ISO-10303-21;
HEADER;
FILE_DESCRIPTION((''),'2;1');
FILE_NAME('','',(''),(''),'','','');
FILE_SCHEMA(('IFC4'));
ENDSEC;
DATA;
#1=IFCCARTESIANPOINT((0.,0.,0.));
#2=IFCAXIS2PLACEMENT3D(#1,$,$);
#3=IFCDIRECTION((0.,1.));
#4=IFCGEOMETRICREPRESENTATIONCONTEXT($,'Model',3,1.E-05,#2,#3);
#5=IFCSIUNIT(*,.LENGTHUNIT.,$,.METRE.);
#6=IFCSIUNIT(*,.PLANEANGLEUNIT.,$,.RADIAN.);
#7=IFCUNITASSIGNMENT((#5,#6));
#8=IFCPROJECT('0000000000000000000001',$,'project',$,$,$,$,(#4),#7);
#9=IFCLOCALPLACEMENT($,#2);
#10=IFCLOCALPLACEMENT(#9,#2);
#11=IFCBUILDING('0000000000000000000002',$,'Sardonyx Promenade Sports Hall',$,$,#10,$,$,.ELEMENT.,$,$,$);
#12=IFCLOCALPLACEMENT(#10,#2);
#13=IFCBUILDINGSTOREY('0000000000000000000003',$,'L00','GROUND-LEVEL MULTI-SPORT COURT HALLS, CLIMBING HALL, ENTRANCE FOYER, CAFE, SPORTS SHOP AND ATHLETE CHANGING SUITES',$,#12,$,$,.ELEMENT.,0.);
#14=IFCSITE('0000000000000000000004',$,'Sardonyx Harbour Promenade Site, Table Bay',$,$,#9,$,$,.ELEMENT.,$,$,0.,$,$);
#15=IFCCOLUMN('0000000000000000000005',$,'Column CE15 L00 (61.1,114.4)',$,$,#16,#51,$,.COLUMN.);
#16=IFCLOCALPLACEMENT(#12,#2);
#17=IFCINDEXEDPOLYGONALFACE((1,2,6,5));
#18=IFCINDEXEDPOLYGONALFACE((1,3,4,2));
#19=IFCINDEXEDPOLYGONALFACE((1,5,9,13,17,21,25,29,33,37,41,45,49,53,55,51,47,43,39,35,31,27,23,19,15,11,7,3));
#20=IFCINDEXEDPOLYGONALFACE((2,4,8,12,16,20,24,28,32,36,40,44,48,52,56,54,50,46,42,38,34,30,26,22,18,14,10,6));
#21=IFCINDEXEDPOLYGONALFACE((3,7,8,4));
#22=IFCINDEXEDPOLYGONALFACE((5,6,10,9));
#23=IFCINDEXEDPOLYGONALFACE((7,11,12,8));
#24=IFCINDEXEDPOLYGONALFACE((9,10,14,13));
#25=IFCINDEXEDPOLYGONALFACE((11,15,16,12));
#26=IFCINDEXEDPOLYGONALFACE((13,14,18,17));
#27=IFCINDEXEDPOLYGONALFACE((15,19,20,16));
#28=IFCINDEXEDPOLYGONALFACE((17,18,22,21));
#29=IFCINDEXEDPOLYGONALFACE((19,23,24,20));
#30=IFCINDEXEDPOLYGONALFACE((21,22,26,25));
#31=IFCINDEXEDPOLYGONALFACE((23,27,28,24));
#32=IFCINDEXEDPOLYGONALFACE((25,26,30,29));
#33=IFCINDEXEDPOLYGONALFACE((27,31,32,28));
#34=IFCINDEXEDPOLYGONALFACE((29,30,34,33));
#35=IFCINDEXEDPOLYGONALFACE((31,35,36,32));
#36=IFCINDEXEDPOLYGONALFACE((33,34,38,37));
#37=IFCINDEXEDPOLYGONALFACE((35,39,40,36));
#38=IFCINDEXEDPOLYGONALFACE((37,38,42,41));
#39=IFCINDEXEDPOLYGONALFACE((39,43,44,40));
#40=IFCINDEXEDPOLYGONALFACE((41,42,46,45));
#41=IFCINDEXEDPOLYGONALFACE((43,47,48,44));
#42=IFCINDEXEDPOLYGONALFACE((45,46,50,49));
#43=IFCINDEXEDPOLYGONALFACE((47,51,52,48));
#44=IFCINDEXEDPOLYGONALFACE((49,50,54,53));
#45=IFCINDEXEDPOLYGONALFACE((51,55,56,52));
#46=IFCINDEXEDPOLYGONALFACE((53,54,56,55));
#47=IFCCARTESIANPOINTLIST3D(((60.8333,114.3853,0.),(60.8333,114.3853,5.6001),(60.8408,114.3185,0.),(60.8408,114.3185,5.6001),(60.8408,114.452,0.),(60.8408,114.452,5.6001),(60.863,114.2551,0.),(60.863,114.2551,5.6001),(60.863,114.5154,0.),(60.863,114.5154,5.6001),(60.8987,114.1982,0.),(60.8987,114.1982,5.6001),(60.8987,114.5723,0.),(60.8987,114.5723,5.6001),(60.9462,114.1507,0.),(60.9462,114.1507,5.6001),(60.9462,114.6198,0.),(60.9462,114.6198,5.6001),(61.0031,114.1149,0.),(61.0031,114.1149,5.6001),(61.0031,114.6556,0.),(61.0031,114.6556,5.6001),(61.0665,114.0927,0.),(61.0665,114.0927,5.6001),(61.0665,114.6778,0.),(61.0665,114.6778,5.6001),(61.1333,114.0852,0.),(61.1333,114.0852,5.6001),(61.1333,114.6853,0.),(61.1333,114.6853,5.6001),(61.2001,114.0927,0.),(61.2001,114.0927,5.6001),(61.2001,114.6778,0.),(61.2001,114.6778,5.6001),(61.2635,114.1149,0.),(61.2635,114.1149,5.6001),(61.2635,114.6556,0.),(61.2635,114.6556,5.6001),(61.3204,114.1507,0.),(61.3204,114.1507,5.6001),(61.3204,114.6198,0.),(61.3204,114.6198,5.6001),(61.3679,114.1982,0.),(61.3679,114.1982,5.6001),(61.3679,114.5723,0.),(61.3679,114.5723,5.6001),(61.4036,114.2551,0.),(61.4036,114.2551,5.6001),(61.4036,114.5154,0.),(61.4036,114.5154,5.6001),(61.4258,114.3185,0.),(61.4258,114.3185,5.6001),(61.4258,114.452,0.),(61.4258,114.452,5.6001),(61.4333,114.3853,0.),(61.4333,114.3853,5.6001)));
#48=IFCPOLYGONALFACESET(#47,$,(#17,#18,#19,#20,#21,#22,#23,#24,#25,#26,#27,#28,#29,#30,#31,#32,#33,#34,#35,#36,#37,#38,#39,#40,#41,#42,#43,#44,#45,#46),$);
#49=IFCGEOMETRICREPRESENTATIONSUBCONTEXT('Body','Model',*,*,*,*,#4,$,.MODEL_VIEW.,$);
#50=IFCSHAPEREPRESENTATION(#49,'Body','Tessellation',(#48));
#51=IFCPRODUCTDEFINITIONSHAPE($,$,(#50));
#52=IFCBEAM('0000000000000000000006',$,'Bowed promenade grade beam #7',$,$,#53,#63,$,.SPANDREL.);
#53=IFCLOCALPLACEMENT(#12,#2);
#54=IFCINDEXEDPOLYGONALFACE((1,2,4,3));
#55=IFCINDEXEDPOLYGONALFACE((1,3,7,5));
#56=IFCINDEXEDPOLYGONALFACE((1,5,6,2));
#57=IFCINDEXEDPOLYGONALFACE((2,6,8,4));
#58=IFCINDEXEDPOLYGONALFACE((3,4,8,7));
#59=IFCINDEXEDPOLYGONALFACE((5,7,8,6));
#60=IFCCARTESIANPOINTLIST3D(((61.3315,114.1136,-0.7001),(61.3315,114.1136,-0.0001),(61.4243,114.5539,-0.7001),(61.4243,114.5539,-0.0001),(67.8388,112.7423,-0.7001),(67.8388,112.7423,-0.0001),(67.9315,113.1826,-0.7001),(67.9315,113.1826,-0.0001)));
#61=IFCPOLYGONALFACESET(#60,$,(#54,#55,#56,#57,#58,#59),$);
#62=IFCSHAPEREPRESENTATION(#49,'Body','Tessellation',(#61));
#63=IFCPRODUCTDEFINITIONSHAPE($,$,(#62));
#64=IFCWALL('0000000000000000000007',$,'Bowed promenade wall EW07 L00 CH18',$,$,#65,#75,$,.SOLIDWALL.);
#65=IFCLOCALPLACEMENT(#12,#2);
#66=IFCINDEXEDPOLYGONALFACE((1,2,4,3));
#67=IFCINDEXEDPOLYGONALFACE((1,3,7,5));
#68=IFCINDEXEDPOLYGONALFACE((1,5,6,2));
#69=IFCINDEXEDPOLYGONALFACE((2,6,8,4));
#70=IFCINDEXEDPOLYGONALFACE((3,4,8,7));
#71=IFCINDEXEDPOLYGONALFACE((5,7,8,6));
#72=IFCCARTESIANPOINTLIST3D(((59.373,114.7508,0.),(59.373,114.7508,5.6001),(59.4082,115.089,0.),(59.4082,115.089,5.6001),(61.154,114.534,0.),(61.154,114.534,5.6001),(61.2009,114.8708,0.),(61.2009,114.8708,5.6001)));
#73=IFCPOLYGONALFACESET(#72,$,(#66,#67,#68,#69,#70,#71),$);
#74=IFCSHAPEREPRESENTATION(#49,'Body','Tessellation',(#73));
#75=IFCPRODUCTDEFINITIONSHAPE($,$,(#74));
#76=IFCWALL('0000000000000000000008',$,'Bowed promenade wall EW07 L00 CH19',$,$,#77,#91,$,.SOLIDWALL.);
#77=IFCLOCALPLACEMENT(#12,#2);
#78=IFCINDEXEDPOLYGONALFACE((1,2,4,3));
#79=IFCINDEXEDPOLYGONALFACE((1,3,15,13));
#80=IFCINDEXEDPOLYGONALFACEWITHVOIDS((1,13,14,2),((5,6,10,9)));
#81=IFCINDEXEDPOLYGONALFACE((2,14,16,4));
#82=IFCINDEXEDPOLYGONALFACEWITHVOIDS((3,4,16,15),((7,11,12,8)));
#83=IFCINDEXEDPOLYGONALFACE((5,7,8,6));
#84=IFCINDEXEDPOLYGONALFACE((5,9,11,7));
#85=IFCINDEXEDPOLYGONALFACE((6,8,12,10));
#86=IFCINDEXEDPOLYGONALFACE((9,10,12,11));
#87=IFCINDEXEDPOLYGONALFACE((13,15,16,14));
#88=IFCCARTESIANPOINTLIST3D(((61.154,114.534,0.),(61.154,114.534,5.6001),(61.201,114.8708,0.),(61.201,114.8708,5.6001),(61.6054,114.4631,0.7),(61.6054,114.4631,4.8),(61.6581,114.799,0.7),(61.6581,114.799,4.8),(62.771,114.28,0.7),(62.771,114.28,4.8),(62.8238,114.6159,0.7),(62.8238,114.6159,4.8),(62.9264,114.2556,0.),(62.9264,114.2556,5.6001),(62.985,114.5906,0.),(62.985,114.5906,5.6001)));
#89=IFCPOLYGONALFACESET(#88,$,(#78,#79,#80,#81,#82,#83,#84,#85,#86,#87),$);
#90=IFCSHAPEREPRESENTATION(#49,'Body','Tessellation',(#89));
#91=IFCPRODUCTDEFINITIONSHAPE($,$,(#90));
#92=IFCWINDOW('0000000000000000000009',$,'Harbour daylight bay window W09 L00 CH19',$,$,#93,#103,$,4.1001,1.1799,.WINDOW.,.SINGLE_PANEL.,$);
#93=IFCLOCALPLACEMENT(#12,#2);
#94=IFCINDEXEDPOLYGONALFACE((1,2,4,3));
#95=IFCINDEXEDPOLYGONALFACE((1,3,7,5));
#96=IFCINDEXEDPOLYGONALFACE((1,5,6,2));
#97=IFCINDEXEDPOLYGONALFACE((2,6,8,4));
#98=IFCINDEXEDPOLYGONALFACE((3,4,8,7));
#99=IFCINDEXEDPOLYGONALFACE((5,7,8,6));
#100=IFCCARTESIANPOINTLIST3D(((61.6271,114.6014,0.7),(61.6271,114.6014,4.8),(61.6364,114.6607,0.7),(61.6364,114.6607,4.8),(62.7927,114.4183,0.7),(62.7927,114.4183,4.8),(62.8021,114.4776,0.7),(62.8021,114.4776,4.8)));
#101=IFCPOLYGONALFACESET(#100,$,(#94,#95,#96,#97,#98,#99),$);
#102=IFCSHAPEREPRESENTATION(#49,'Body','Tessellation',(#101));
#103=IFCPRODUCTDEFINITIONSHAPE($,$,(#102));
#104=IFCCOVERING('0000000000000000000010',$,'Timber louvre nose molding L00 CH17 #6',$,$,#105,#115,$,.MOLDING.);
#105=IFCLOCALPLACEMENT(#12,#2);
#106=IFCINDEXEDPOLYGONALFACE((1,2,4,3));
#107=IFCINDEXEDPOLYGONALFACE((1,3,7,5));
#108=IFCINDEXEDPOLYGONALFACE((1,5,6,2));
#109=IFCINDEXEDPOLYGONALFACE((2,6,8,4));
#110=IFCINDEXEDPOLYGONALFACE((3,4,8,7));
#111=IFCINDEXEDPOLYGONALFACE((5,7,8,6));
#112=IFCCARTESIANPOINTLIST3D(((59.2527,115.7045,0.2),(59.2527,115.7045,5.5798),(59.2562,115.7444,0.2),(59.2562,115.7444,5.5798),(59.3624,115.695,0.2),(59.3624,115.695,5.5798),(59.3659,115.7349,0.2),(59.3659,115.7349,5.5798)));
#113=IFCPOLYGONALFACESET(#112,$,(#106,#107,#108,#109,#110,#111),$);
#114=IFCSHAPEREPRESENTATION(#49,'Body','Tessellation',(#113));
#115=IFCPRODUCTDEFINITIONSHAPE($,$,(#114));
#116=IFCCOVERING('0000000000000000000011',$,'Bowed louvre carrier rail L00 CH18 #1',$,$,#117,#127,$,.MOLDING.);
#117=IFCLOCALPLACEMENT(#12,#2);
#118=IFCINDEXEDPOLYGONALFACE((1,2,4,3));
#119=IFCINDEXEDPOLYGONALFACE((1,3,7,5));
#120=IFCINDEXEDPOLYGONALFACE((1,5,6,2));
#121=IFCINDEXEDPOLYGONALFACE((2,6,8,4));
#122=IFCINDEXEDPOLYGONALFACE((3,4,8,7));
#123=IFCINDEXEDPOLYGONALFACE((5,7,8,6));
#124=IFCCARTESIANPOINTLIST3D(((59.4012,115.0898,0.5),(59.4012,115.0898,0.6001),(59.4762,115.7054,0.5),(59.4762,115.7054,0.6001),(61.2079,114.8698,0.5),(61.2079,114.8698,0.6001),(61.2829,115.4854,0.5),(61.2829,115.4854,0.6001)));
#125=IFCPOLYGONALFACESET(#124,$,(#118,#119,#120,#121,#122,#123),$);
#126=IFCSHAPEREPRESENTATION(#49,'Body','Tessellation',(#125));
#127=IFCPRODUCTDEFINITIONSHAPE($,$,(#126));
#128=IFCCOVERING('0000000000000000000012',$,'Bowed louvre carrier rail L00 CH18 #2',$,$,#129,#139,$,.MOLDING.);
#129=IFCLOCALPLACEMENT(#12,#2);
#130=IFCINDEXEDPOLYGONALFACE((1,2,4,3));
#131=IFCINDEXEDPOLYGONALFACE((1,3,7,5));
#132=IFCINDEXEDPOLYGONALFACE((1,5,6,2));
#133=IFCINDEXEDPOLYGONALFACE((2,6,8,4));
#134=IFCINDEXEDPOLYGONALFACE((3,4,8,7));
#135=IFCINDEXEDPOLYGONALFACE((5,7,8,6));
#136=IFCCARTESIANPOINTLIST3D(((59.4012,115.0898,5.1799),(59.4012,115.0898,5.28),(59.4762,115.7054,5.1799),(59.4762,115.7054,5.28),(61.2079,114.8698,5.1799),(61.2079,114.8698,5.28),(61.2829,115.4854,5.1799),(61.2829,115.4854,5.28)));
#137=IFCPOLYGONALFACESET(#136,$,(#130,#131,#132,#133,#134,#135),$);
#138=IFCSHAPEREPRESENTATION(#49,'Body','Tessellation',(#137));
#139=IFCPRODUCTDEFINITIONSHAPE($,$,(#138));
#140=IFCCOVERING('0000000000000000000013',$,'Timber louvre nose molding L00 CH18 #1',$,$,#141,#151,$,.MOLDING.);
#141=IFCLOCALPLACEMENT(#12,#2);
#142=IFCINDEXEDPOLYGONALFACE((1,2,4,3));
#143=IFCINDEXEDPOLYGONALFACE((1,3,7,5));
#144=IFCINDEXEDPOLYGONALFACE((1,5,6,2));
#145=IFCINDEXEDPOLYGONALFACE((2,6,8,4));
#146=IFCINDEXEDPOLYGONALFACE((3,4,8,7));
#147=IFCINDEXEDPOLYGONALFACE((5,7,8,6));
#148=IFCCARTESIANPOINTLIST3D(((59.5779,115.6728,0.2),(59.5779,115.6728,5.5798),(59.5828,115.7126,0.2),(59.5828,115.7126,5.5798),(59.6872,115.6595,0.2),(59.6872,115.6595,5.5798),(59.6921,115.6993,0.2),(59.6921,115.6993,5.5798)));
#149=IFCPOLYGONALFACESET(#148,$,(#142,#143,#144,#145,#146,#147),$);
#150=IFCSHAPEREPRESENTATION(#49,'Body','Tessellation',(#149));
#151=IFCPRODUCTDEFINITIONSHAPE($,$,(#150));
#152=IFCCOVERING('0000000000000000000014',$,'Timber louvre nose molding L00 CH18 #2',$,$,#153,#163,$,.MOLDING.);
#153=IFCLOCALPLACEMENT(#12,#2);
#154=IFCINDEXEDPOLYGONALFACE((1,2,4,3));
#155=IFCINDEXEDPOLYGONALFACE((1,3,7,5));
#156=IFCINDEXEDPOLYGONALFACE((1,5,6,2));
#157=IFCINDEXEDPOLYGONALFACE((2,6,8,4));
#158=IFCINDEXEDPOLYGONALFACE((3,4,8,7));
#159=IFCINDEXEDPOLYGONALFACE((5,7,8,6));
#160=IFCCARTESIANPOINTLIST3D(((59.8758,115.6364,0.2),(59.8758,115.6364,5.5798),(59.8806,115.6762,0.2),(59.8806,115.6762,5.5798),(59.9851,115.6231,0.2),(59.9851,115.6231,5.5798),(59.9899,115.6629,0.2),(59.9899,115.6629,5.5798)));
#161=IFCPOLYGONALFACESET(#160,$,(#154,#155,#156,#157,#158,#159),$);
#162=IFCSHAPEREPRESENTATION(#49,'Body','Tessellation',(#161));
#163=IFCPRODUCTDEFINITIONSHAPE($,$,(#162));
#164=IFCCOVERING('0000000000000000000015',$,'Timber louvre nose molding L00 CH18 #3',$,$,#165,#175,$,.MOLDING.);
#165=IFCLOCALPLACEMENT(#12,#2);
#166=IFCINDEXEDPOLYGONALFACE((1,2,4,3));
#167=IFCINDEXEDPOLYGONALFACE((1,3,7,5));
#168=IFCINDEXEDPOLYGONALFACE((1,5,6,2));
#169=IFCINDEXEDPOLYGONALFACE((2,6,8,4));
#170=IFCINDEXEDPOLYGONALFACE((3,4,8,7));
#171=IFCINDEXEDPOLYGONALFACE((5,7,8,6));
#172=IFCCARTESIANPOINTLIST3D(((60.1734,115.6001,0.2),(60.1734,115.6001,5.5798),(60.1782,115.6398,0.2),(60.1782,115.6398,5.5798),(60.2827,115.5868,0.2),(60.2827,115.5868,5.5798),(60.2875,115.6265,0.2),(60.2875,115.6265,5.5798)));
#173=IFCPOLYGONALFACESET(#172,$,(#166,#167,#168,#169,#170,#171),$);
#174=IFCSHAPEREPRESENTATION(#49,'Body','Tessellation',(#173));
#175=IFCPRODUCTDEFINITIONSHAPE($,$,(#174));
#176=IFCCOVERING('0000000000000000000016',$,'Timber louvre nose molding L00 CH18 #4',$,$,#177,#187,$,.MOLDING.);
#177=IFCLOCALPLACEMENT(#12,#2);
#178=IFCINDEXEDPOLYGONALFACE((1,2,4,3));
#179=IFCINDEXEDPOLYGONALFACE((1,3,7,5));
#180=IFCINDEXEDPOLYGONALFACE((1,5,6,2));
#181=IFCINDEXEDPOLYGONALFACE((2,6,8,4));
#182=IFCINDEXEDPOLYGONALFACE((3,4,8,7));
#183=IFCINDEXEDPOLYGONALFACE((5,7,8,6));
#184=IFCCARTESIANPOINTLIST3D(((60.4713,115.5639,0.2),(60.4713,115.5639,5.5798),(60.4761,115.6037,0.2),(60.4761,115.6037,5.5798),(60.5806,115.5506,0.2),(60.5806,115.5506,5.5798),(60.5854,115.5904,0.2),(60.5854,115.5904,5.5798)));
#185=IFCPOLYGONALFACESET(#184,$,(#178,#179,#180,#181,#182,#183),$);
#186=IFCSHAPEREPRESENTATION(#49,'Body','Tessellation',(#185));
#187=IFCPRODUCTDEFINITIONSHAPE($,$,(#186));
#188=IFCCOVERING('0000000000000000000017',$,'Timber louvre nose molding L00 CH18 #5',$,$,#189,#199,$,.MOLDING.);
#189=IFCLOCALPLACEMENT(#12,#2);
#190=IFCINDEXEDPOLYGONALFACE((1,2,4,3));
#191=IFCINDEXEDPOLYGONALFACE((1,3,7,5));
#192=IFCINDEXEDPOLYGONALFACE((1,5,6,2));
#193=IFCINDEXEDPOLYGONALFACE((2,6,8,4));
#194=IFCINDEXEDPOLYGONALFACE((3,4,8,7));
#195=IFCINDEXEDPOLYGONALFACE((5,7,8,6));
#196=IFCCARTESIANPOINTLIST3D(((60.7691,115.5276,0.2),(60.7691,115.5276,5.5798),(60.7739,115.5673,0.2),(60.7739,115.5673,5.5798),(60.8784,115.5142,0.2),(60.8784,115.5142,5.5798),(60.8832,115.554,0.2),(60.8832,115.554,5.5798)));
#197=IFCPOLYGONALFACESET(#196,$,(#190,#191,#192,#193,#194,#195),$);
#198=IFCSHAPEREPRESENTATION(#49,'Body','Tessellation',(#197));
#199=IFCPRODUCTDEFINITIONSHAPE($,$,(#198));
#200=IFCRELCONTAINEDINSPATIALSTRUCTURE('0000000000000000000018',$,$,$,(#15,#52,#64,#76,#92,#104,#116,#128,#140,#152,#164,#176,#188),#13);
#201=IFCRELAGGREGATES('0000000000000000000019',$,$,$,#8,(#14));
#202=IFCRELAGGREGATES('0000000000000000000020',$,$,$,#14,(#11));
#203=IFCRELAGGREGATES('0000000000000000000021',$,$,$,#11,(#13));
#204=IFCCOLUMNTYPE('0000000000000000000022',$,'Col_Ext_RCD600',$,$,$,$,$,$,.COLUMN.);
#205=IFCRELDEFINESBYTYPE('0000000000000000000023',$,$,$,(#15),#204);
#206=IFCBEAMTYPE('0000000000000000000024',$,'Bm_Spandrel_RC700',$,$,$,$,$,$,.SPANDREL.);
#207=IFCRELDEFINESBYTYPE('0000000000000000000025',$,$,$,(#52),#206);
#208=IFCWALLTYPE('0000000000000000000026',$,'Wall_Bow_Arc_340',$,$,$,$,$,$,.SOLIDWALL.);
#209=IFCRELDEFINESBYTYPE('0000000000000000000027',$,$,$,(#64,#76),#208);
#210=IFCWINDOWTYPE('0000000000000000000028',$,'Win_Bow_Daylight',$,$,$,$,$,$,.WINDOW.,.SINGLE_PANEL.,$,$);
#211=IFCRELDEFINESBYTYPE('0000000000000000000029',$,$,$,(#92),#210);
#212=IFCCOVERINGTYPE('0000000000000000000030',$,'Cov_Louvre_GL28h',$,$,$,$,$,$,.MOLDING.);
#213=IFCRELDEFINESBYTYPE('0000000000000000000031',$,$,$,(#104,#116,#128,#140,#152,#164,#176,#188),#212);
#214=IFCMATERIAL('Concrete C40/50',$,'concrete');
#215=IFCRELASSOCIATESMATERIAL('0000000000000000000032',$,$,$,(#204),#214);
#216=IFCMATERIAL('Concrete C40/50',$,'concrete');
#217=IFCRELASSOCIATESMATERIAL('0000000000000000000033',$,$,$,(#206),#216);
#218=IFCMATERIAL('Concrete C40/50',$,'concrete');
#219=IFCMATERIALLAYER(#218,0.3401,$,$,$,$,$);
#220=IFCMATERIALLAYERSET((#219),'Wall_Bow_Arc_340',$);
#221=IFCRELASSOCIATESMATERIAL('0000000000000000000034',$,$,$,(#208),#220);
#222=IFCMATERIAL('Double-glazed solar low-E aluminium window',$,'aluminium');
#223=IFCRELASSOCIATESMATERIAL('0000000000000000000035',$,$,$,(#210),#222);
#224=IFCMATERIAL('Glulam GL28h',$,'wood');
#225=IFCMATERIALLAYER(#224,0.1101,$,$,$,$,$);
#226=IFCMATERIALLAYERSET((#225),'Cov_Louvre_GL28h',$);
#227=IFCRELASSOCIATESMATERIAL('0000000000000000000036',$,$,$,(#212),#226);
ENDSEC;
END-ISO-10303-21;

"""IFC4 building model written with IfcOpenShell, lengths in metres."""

from ifc_helpers import new_model, si_unit, direction, frame, frame_2d, origin, origin_2d, place, context, subcontext, project, spatial, polyline, rectangle, circle, outline, extrude, material, layer, layer_set, material_profile, profile_set, type_object, element, fill, save


model = new_model("IFC4")

# Units and contexts
model_context = context("Model", 3, precision=1e-05, world=origin(), true_north=direction((0.0, 1.0)))
body_context = subcontext(model_context, "Body", "Model", "MODEL_VIEW")
ifc_project = project(units=[si_unit("LENGTHUNIT", "METRE"), si_unit("PLANEANGLEUNIT", "RADIAN")], contexts=[model_context])

# Site, building, storey
site_placement = place(None, origin())
site = spatial("IfcSite", under=ifc_project, at=site_placement, Name="Sardonyx Harbour Promenade Site, Table Bay", CompositionType="ELEMENT", RefElevation=0.0)
building_placement = place(site_placement, origin())
building = spatial("IfcBuilding", under=site, at=building_placement, Name="Sardonyx Promenade Sports Hall", CompositionType="ELEMENT")
storey_placement = place(building_placement, origin())
storey = spatial("IfcBuildingStorey", under=building, at=storey_placement, Name="L00", Description="GROUND-LEVEL MULTI-SPORT COURT HALLS, CLIMBING HALL, ENTRANCE FOYER, CAFE, SPORTS SHOP AND ATHLETE CHANGING SUITES", CompositionType="ELEMENT", Elevation=0.0)

# Column
ifc_material_1 = material(Name="Concrete C40/50", Category="concrete")
ifc_material_profile_1 = material_profile(ifc_material_1, circle(Radius=0.3, at=origin_2d()))
ifc_profile_set_1 = profile_set([ifc_material_profile_1], Name="Concrete C40/50")
column_type = type_object("IfcColumnType", Name="Col_Ext_RCD600", PredefinedType="COLUMN", material=ifc_profile_set_1)
column_placement = place(storey_placement, frame((61.1333, 114.3853, 0.0), z_axis=(0.0, 0.0, 1.0), x_axis=(1.0, 0.0, 0.0)))
element("IfcColumn", 1, at=column_placement, inside=storey, type_object=column_type, Name="Column CE15 L00 (61.1,114.4)", PredefinedType="COLUMN", context=body_context, shape_type="SweptSolid", body=[
    extrude(circle(Radius=0.3, at=origin_2d()), origin(), (0.0, 0.0, 1.0), 5.6001),
])

# Beam
ifc_material_2 = material(Name="Concrete C40/50", Category="concrete")
ifc_material_profile_2 = material_profile(ifc_material_2, rectangle(XDim=0.45, YDim=0.7, at=origin_2d()))
ifc_profile_set_2 = profile_set([ifc_material_profile_2], Name="Concrete C40/50")
beam_type = type_object("IfcBeamType", Name="Bm_Spandrel_RC700", PredefinedType="SPANDREL", material=ifc_profile_set_2)
beam_placement = place(storey_placement, frame((61.3779, 114.3337, -0.3501), z_axis=(0.978508, -0.206208, 0.0), x_axis=(0.206208, 0.978508, 0.0)))
element("IfcBeam", 2, at=beam_placement, inside=storey, type_object=beam_type, Name="Bowed promenade grade beam #7", PredefinedType="SPANDREL", context=body_context, shape_type="SweptSolid", body=[
    extrude(rectangle(XDim=0.45, YDim=0.7, at=origin_2d()), origin(), (0.0, 0.0, 1.0), 6.6501),
])

# Wall
ifc_material_3 = material(Name="Concrete C40/50", Category="concrete")
ifc_layer_1 = layer(ifc_material_3, 0.3401)
ifc_layer_set_1 = layer_set([ifc_layer_1], Name="Wall_Bow_Arc_340")
wall_type = type_object("IfcWallType", Name="Wall_Bow_Arc_340", PredefinedType="SOLIDWALL", material=ifc_layer_set_1)
wall_1_placement = place(storey_placement, frame((59.3906, 114.9199, 0.0), z_axis=(0.0, 0.0, 1.0), x_axis=(0.992671, -0.120846, 0.0)))
element("IfcWall", 3, at=wall_1_placement, inside=storey, type_object=wall_type, Name="Bowed promenade wall EW07 L00 CH18", PredefinedType="SOLIDWALL", context=body_context, shape_type="SweptSolid", body=[
    extrude(outline(polyline([(0.0029, -0.17), (1.7971, -0.17), (1.8029, 0.17), (-0.0029, 0.17), (0.0029, -0.17)])), origin(), (0.0, 0.0, 1.0), 5.6001),
])

# Wall, opening, window
wall_2_placement = place(storey_placement, frame((61.1775, 114.7024, 0.0), z_axis=(0.0, 0.0, 1.0), x_axis=(0.987887, -0.155175, 0.0)))
wall_2 = element("IfcWall", 4, at=wall_2_placement, inside=storey, type_object=wall_type, Name="Bowed promenade wall EW07 L00 CH19", PredefinedType="SOLIDWALL", context=body_context, shape_type="SweptSolid", body=[
    extrude(outline(polyline([(0.0029, -0.17), (1.7971, -0.17), (1.8029, 0.17), (-0.0029, 0.17), (0.0029, -0.17)])), origin(), (0.0, 0.0, 1.0), 5.6001),
])
opening_placement = place(wall_2_placement, frame((0.46, 0.0, 0.7)))
opening = element("IfcOpeningElement", 5, at=opening_placement, cuts=wall_2, PredefinedType="OPENING", context=body_context, shape_type="SweptSolid", body=[
    extrude(rectangle(XDim=1.1799, YDim=4.1001, at=frame_2d((0.5898, 2.05))), frame((0.0, 0.18, 0.0), z_axis=(0.0, -1.0, 0.0), x_axis=(1.0, 0.0, 0.0)), (0.0, 0.0, 1.0), 0.36),
])
ifc_material_4 = material(Name="Double-glazed solar low-E aluminium window", Category="aluminium")
window_type = type_object("IfcWindowType", Name="Win_Bow_Daylight", PartitioningType="SINGLE_PANEL", PredefinedType="WINDOW", material=ifc_material_4)
window_placement = place(opening_placement, origin())
window = element("IfcWindow", 6, at=window_placement, inside=storey, type_object=window_type, Name="Harbour daylight bay window W09 L00 CH19", OverallHeight=4.1001, OverallWidth=1.1799, PartitioningType="SINGLE_PANEL", PredefinedType="WINDOW", context=body_context, shape_type="SweptSolid", body=[
    extrude(rectangle(XDim=1.1799, YDim=4.1001, at=frame_2d((0.5898, 2.05))), frame((0.0, 0.03, 0.0), z_axis=(0.0, -1.0, 0.0), x_axis=(1.0, 0.0, 0.0)), (0.0, 0.0, 1.0), 0.0601),
])
fill(opening, window)

# Coverings
ifc_material_5 = material(Name="Glulam GL28h", Category="wood")
ifc_layer_2 = layer(ifc_material_5, 0.1101)
ifc_layer_set_2 = layer_set([ifc_layer_2], Name="Cov_Louvre_GL28h")
covering_type = type_object("IfcCoveringType", Name="Cov_Louvre_GL28h", PredefinedType="MOLDING", material=ifc_layer_set_2)
covering_placement = place(storey_placement, frame((59.3093, 115.7197, 0.2), z_axis=(0.0, 0.0, 1.0), x_axis=(0.996258, -0.086434, 0.0)))
element("IfcCovering", 7, at=covering_placement, inside=storey, type_object=covering_type, Name="Timber louvre nose molding L00 CH17 #6", PredefinedType="MOLDING", context=body_context, shape_type="SweptSolid", body=[
    extrude(rectangle(XDim=0.1101, YDim=0.04, at=origin_2d()), origin(), (0.0, 0.0, 1.0), 5.3799),
])
for number, where, z_axis, x_axis, name in (
    (8, (60.342, 115.2876, 0.5), (0.0, 0.0, 1.0), (0.992669, -0.120863, 0.0), "Bowed louvre carrier rail L00 CH18 #1"),
    (9, (60.342, 115.2876, 5.1799), (0.0, 0.0, 1.0), (0.992669, -0.120863, 0.0), "Bowed louvre carrier rail L00 CH18 #2"),
):
    element("IfcCovering", number, at=place(storey_placement, frame(where, z_axis=z_axis, x_axis=x_axis)), inside=storey, type_object=covering_type, Name=name, PredefinedType="MOLDING", context=body_context, shape_type="SweptSolid", body=[
        extrude(rectangle(XDim=1.8201, YDim=0.6201, at=origin_2d()), origin(), (0.0, 0.0, 1.0), 0.1001),
    ])
for number, where, z_axis, x_axis, name in (
    (10, (59.635, 115.686, 0.2), (0.0, 0.0, 1.0), (0.992669, -0.120863, 0.0), "Timber louvre nose molding L00 CH18 #1"),
    (11, (59.9329, 115.6497, 0.2), (0.0, 0.0, 1.0), (0.992669, -0.120863, 0.0), "Timber louvre nose molding L00 CH18 #2"),
    (12, (60.2305, 115.6133, 0.2), (0.0, 0.0, 1.0), (0.992669, -0.120863, 0.0), "Timber louvre nose molding L00 CH18 #3"),
    (13, (60.5283, 115.5771, 0.2), (0.0, 0.0, 1.0), (0.992669, -0.120863, 0.0), "Timber louvre nose molding L00 CH18 #4"),
    (14, (60.8262, 115.5408, 0.2), (0.0, 0.0, 1.0), (0.992669, -0.120863, 0.0), "Timber louvre nose molding L00 CH18 #5"),
):
    element("IfcCovering", number, at=place(storey_placement, frame(where, z_axis=z_axis, x_axis=x_axis)), inside=storey, type_object=covering_type, Name=name, PredefinedType="MOLDING", context=body_context, shape_type="SweptSolid", body=[
        extrude(rectangle(XDim=0.1101, YDim=0.04, at=origin_2d()), origin(), (0.0, 0.0, 1.0), 5.3799),
    ])

save(model, "model.ifc")
